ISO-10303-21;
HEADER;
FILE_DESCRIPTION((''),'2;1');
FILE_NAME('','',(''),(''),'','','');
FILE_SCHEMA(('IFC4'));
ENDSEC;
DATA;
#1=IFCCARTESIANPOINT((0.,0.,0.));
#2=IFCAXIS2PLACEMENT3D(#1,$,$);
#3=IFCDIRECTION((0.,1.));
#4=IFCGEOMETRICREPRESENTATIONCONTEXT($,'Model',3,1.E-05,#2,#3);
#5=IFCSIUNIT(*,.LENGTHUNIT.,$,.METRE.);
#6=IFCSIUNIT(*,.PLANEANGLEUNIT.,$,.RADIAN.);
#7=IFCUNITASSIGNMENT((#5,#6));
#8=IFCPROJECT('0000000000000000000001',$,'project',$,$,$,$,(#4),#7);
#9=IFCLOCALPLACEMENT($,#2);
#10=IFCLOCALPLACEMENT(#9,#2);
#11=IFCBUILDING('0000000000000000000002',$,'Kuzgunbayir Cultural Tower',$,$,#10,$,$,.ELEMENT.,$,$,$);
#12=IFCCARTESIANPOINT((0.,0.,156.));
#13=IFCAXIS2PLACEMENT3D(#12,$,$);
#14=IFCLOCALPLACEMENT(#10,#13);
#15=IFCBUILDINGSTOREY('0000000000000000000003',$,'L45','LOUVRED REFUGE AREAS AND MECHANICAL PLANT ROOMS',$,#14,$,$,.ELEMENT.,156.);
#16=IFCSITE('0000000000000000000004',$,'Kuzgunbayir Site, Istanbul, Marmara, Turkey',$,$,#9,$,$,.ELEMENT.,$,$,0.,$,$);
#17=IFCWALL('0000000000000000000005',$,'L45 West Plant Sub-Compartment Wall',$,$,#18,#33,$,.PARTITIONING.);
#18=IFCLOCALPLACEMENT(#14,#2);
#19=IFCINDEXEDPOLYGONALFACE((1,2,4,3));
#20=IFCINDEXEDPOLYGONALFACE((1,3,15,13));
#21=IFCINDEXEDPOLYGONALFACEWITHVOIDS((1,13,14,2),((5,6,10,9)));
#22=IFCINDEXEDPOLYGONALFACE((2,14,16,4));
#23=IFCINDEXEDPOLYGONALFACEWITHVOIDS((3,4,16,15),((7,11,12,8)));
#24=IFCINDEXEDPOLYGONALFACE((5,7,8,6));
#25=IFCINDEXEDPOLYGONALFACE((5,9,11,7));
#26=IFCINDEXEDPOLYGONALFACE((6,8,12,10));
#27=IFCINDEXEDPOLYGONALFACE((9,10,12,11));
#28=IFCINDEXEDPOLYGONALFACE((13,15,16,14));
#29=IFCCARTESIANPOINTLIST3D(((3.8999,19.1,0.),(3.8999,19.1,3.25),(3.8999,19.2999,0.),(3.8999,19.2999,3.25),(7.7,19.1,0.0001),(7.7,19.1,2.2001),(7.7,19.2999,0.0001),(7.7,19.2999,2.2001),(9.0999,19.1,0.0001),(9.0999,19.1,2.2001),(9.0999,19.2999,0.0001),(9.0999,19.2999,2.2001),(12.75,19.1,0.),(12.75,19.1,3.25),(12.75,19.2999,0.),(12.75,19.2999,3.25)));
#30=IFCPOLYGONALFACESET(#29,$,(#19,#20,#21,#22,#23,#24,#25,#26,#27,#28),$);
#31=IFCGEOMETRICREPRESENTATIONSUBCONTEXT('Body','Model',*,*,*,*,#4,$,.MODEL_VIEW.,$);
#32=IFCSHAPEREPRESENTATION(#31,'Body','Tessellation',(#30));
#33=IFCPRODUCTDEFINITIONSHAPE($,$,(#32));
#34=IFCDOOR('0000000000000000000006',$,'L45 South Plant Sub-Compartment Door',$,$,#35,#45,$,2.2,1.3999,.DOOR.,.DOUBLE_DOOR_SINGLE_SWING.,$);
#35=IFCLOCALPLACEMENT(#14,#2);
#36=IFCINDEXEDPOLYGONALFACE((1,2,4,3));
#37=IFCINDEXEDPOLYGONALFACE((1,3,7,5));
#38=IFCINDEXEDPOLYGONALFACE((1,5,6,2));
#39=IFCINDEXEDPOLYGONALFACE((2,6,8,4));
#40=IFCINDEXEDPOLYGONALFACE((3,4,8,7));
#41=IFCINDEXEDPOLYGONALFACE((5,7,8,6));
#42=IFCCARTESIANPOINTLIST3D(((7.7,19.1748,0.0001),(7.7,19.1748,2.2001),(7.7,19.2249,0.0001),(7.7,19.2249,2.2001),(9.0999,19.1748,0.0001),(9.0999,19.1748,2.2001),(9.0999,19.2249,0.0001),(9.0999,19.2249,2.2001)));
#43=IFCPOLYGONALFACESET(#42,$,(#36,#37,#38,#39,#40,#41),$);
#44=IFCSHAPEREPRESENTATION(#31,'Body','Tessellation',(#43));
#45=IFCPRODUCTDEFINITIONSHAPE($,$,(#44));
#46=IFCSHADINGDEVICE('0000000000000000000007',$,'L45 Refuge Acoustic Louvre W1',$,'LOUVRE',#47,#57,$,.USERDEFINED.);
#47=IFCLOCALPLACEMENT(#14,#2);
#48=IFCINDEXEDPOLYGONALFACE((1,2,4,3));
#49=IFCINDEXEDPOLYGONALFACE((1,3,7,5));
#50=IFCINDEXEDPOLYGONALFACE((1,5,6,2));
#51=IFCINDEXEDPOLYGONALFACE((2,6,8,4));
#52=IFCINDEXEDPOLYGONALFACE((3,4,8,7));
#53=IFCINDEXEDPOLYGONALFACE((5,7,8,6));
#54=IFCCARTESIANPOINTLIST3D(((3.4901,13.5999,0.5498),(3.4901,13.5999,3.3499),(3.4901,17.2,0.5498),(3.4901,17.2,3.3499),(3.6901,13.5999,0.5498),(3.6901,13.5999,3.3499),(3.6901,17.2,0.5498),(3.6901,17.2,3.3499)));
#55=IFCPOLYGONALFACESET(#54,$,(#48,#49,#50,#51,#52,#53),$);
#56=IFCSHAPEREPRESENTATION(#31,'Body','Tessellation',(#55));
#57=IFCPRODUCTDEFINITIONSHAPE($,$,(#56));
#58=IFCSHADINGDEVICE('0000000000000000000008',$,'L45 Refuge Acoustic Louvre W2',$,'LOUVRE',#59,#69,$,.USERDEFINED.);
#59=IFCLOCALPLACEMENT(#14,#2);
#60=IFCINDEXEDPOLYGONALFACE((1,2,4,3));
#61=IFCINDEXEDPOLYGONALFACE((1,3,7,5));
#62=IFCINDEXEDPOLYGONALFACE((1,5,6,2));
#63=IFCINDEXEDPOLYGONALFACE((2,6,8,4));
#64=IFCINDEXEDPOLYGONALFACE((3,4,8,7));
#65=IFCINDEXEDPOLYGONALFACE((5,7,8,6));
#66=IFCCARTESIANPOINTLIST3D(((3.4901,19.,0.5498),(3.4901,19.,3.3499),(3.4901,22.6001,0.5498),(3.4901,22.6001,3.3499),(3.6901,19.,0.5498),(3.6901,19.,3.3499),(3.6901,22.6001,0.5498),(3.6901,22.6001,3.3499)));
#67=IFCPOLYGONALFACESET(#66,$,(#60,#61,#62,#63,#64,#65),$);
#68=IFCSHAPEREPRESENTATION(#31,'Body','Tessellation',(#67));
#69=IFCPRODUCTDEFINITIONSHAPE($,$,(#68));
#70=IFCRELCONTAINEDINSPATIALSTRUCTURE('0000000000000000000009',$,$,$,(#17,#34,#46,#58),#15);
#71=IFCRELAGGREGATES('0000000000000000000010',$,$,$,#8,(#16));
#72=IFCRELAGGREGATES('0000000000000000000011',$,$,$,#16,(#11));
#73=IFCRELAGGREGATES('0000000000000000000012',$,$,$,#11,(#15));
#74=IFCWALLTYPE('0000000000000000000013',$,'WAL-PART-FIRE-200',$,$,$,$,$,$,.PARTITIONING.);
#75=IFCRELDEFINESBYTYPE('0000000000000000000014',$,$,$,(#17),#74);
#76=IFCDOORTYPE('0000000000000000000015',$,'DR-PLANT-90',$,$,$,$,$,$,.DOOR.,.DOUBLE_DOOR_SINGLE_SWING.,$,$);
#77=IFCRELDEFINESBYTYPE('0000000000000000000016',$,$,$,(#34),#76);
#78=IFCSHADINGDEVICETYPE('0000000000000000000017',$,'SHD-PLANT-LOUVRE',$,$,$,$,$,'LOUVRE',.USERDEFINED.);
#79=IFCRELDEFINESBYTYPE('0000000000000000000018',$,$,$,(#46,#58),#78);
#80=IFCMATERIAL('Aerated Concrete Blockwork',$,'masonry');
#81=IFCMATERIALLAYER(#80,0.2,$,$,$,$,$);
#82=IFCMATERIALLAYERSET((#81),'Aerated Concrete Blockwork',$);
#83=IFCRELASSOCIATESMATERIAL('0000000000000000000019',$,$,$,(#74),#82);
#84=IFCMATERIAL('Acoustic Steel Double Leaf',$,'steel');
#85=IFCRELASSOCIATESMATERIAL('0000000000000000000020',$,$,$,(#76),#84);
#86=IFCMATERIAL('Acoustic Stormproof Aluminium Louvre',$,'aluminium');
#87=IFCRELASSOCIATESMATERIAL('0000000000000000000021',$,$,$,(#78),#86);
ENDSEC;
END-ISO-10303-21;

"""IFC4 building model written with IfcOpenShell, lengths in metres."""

from ifc_helpers import new_model, si_unit, direction, frame, frame_2d, origin, origin_2d, place, context, subcontext, project, spatial, rectangle, extrude, material, layer, layer_set, type_object, element, fill, save


model = new_model("IFC4")

# Units and contexts
model_context = context("Model", 3, precision=1e-05, world=origin(), true_north=direction((0.0, 1.0)))
body_context = subcontext(model_context, "Body", "Model", "MODEL_VIEW")
ifc_project = project(units=[si_unit("LENGTHUNIT", "METRE"), si_unit("PLANEANGLEUNIT", "RADIAN")], contexts=[model_context])

# Site, building, storey
site_placement = place(None, origin())
site = spatial("IfcSite", under=ifc_project, at=site_placement, Name="Kuzgunbayir Site, Istanbul, Marmara, Turkey", CompositionType="ELEMENT", RefElevation=0.0)
building_placement = place(site_placement, origin())
building = spatial("IfcBuilding", under=site, at=building_placement, Name="Kuzgunbayir Cultural Tower", CompositionType="ELEMENT")
storey_placement = place(building_placement, frame((0.0, 0.0, 156.0)))
storey = spatial("IfcBuildingStorey", under=building, at=storey_placement, Name="L45", Description="LOUVRED REFUGE AREAS AND MECHANICAL PLANT ROOMS", CompositionType="ELEMENT", Elevation=156.0)

# Wall, opening, door
ifc_material_1 = material(Name="Aerated Concrete Blockwork", Category="masonry")
ifc_layer_1 = layer(ifc_material_1, 0.2)
ifc_layer_set_1 = layer_set([ifc_layer_1], Name="Aerated Concrete Blockwork")
wall_type_1 = type_object("IfcWallType", Name="WAL-PART-FIRE-200", PredefinedType="PARTITIONING", material=ifc_layer_set_1)
ifc_material_2 = material(Name="Acoustic Steel Double Leaf", Category="steel")
door_type = type_object("IfcDoorType", Name="DR-PLANT-90", OperationType="DOUBLE_DOOR_SINGLE_SWING", PredefinedType="DOOR", material=ifc_material_2)
wall_1_placement = place(storey_placement, frame((3.8999, 19.2, 0.0), z_axis=(0.0, 0.0, 1.0), x_axis=(1.0, 0.0, 0.0)))
wall_1 = element("IfcWall", 1, at=wall_1_placement, inside=storey, type_object=wall_type_1, Name="L45 West Plant Sub-Compartment Wall", PredefinedType="PARTITIONING", context=body_context, shape_type="SweptSolid", body=[
    extrude(rectangle(XDim=8.8501, YDim=0.2, at=frame_2d((4.425, 0.0))), origin(), (0.0, 0.0, 1.0), 3.25),
])
opening_1_placement = place(wall_1_placement, frame((3.8, 0.0, 0.0)))
opening_1 = element("IfcOpeningElement", 2, at=opening_1_placement, cuts=wall_1, PredefinedType="OPENING", context=body_context, shape_type="SweptSolid", body=[
    extrude(rectangle(XDim=1.3999, YDim=2.2, at=frame_2d((0.7, 1.1001))), frame((0.0, 0.1099, 0.0), z_axis=(0.0, -1.0, 0.0), x_axis=(1.0, 0.0, 0.0)), (0.0, 0.0, 1.0), 0.22),
])
door_1_placement = place(opening_1_placement, origin())
door_1 = element("IfcDoor", 3, at=door_1_placement, inside=storey, type_object=door_type, Name="L45 South Plant Sub-Compartment Door", OperationType="DOUBLE_DOOR_SINGLE_SWING", OverallHeight=2.2, OverallWidth=1.3999, PredefinedType="DOOR", context=body_context, shape_type="SweptSolid", body=[
    extrude(rectangle(XDim=1.3999, YDim=2.2, at=frame_2d((0.7, 1.1001))), frame((0.0, 0.0249, 0.0), z_axis=(0.0, -1.0, 0.0), x_axis=(1.0, 0.0, 0.0)), (0.0, 0.0, 1.0), 0.05),
])
fill(opening_1, door_1)

# Shading devices
ifc_material_3 = material(Name="Acoustic Stormproof Aluminium Louvre", Category="aluminium")
shading_device_type = type_object("IfcShadingDeviceType", Name="SHD-PLANT-LOUVRE", ElementType="LOUVRE", PredefinedType="USERDEFINED", material=ifc_material_3)
for number, where, z_axis, x_axis, name in (
    (4, (3.5901, 15.3999, 0.5498), (0.0, 0.0, 1.0), (1.0, 0.0, 0.0), "L45 Refuge Acoustic Louvre W1"),
    (5, (3.5901, 20.8, 0.5498), (0.0, 0.0, 1.0), (1.0, 0.0, 0.0), "L45 Refuge Acoustic Louvre W2"),
):
    element("IfcShadingDevice", number, at=place(storey_placement, frame(where, z_axis=z_axis, x_axis=x_axis)), inside=storey, type_object=shading_device_type, Name=name, ObjectType="LOUVRE", PredefinedType="USERDEFINED", context=body_context, shape_type="SweptSolid", body=[
        extrude(rectangle(XDim=0.2, YDim=3.6001, at=origin_2d()), origin(), (0.0, 0.0, 1.0), 2.8),
    ])

save(model, "model.ifc")
